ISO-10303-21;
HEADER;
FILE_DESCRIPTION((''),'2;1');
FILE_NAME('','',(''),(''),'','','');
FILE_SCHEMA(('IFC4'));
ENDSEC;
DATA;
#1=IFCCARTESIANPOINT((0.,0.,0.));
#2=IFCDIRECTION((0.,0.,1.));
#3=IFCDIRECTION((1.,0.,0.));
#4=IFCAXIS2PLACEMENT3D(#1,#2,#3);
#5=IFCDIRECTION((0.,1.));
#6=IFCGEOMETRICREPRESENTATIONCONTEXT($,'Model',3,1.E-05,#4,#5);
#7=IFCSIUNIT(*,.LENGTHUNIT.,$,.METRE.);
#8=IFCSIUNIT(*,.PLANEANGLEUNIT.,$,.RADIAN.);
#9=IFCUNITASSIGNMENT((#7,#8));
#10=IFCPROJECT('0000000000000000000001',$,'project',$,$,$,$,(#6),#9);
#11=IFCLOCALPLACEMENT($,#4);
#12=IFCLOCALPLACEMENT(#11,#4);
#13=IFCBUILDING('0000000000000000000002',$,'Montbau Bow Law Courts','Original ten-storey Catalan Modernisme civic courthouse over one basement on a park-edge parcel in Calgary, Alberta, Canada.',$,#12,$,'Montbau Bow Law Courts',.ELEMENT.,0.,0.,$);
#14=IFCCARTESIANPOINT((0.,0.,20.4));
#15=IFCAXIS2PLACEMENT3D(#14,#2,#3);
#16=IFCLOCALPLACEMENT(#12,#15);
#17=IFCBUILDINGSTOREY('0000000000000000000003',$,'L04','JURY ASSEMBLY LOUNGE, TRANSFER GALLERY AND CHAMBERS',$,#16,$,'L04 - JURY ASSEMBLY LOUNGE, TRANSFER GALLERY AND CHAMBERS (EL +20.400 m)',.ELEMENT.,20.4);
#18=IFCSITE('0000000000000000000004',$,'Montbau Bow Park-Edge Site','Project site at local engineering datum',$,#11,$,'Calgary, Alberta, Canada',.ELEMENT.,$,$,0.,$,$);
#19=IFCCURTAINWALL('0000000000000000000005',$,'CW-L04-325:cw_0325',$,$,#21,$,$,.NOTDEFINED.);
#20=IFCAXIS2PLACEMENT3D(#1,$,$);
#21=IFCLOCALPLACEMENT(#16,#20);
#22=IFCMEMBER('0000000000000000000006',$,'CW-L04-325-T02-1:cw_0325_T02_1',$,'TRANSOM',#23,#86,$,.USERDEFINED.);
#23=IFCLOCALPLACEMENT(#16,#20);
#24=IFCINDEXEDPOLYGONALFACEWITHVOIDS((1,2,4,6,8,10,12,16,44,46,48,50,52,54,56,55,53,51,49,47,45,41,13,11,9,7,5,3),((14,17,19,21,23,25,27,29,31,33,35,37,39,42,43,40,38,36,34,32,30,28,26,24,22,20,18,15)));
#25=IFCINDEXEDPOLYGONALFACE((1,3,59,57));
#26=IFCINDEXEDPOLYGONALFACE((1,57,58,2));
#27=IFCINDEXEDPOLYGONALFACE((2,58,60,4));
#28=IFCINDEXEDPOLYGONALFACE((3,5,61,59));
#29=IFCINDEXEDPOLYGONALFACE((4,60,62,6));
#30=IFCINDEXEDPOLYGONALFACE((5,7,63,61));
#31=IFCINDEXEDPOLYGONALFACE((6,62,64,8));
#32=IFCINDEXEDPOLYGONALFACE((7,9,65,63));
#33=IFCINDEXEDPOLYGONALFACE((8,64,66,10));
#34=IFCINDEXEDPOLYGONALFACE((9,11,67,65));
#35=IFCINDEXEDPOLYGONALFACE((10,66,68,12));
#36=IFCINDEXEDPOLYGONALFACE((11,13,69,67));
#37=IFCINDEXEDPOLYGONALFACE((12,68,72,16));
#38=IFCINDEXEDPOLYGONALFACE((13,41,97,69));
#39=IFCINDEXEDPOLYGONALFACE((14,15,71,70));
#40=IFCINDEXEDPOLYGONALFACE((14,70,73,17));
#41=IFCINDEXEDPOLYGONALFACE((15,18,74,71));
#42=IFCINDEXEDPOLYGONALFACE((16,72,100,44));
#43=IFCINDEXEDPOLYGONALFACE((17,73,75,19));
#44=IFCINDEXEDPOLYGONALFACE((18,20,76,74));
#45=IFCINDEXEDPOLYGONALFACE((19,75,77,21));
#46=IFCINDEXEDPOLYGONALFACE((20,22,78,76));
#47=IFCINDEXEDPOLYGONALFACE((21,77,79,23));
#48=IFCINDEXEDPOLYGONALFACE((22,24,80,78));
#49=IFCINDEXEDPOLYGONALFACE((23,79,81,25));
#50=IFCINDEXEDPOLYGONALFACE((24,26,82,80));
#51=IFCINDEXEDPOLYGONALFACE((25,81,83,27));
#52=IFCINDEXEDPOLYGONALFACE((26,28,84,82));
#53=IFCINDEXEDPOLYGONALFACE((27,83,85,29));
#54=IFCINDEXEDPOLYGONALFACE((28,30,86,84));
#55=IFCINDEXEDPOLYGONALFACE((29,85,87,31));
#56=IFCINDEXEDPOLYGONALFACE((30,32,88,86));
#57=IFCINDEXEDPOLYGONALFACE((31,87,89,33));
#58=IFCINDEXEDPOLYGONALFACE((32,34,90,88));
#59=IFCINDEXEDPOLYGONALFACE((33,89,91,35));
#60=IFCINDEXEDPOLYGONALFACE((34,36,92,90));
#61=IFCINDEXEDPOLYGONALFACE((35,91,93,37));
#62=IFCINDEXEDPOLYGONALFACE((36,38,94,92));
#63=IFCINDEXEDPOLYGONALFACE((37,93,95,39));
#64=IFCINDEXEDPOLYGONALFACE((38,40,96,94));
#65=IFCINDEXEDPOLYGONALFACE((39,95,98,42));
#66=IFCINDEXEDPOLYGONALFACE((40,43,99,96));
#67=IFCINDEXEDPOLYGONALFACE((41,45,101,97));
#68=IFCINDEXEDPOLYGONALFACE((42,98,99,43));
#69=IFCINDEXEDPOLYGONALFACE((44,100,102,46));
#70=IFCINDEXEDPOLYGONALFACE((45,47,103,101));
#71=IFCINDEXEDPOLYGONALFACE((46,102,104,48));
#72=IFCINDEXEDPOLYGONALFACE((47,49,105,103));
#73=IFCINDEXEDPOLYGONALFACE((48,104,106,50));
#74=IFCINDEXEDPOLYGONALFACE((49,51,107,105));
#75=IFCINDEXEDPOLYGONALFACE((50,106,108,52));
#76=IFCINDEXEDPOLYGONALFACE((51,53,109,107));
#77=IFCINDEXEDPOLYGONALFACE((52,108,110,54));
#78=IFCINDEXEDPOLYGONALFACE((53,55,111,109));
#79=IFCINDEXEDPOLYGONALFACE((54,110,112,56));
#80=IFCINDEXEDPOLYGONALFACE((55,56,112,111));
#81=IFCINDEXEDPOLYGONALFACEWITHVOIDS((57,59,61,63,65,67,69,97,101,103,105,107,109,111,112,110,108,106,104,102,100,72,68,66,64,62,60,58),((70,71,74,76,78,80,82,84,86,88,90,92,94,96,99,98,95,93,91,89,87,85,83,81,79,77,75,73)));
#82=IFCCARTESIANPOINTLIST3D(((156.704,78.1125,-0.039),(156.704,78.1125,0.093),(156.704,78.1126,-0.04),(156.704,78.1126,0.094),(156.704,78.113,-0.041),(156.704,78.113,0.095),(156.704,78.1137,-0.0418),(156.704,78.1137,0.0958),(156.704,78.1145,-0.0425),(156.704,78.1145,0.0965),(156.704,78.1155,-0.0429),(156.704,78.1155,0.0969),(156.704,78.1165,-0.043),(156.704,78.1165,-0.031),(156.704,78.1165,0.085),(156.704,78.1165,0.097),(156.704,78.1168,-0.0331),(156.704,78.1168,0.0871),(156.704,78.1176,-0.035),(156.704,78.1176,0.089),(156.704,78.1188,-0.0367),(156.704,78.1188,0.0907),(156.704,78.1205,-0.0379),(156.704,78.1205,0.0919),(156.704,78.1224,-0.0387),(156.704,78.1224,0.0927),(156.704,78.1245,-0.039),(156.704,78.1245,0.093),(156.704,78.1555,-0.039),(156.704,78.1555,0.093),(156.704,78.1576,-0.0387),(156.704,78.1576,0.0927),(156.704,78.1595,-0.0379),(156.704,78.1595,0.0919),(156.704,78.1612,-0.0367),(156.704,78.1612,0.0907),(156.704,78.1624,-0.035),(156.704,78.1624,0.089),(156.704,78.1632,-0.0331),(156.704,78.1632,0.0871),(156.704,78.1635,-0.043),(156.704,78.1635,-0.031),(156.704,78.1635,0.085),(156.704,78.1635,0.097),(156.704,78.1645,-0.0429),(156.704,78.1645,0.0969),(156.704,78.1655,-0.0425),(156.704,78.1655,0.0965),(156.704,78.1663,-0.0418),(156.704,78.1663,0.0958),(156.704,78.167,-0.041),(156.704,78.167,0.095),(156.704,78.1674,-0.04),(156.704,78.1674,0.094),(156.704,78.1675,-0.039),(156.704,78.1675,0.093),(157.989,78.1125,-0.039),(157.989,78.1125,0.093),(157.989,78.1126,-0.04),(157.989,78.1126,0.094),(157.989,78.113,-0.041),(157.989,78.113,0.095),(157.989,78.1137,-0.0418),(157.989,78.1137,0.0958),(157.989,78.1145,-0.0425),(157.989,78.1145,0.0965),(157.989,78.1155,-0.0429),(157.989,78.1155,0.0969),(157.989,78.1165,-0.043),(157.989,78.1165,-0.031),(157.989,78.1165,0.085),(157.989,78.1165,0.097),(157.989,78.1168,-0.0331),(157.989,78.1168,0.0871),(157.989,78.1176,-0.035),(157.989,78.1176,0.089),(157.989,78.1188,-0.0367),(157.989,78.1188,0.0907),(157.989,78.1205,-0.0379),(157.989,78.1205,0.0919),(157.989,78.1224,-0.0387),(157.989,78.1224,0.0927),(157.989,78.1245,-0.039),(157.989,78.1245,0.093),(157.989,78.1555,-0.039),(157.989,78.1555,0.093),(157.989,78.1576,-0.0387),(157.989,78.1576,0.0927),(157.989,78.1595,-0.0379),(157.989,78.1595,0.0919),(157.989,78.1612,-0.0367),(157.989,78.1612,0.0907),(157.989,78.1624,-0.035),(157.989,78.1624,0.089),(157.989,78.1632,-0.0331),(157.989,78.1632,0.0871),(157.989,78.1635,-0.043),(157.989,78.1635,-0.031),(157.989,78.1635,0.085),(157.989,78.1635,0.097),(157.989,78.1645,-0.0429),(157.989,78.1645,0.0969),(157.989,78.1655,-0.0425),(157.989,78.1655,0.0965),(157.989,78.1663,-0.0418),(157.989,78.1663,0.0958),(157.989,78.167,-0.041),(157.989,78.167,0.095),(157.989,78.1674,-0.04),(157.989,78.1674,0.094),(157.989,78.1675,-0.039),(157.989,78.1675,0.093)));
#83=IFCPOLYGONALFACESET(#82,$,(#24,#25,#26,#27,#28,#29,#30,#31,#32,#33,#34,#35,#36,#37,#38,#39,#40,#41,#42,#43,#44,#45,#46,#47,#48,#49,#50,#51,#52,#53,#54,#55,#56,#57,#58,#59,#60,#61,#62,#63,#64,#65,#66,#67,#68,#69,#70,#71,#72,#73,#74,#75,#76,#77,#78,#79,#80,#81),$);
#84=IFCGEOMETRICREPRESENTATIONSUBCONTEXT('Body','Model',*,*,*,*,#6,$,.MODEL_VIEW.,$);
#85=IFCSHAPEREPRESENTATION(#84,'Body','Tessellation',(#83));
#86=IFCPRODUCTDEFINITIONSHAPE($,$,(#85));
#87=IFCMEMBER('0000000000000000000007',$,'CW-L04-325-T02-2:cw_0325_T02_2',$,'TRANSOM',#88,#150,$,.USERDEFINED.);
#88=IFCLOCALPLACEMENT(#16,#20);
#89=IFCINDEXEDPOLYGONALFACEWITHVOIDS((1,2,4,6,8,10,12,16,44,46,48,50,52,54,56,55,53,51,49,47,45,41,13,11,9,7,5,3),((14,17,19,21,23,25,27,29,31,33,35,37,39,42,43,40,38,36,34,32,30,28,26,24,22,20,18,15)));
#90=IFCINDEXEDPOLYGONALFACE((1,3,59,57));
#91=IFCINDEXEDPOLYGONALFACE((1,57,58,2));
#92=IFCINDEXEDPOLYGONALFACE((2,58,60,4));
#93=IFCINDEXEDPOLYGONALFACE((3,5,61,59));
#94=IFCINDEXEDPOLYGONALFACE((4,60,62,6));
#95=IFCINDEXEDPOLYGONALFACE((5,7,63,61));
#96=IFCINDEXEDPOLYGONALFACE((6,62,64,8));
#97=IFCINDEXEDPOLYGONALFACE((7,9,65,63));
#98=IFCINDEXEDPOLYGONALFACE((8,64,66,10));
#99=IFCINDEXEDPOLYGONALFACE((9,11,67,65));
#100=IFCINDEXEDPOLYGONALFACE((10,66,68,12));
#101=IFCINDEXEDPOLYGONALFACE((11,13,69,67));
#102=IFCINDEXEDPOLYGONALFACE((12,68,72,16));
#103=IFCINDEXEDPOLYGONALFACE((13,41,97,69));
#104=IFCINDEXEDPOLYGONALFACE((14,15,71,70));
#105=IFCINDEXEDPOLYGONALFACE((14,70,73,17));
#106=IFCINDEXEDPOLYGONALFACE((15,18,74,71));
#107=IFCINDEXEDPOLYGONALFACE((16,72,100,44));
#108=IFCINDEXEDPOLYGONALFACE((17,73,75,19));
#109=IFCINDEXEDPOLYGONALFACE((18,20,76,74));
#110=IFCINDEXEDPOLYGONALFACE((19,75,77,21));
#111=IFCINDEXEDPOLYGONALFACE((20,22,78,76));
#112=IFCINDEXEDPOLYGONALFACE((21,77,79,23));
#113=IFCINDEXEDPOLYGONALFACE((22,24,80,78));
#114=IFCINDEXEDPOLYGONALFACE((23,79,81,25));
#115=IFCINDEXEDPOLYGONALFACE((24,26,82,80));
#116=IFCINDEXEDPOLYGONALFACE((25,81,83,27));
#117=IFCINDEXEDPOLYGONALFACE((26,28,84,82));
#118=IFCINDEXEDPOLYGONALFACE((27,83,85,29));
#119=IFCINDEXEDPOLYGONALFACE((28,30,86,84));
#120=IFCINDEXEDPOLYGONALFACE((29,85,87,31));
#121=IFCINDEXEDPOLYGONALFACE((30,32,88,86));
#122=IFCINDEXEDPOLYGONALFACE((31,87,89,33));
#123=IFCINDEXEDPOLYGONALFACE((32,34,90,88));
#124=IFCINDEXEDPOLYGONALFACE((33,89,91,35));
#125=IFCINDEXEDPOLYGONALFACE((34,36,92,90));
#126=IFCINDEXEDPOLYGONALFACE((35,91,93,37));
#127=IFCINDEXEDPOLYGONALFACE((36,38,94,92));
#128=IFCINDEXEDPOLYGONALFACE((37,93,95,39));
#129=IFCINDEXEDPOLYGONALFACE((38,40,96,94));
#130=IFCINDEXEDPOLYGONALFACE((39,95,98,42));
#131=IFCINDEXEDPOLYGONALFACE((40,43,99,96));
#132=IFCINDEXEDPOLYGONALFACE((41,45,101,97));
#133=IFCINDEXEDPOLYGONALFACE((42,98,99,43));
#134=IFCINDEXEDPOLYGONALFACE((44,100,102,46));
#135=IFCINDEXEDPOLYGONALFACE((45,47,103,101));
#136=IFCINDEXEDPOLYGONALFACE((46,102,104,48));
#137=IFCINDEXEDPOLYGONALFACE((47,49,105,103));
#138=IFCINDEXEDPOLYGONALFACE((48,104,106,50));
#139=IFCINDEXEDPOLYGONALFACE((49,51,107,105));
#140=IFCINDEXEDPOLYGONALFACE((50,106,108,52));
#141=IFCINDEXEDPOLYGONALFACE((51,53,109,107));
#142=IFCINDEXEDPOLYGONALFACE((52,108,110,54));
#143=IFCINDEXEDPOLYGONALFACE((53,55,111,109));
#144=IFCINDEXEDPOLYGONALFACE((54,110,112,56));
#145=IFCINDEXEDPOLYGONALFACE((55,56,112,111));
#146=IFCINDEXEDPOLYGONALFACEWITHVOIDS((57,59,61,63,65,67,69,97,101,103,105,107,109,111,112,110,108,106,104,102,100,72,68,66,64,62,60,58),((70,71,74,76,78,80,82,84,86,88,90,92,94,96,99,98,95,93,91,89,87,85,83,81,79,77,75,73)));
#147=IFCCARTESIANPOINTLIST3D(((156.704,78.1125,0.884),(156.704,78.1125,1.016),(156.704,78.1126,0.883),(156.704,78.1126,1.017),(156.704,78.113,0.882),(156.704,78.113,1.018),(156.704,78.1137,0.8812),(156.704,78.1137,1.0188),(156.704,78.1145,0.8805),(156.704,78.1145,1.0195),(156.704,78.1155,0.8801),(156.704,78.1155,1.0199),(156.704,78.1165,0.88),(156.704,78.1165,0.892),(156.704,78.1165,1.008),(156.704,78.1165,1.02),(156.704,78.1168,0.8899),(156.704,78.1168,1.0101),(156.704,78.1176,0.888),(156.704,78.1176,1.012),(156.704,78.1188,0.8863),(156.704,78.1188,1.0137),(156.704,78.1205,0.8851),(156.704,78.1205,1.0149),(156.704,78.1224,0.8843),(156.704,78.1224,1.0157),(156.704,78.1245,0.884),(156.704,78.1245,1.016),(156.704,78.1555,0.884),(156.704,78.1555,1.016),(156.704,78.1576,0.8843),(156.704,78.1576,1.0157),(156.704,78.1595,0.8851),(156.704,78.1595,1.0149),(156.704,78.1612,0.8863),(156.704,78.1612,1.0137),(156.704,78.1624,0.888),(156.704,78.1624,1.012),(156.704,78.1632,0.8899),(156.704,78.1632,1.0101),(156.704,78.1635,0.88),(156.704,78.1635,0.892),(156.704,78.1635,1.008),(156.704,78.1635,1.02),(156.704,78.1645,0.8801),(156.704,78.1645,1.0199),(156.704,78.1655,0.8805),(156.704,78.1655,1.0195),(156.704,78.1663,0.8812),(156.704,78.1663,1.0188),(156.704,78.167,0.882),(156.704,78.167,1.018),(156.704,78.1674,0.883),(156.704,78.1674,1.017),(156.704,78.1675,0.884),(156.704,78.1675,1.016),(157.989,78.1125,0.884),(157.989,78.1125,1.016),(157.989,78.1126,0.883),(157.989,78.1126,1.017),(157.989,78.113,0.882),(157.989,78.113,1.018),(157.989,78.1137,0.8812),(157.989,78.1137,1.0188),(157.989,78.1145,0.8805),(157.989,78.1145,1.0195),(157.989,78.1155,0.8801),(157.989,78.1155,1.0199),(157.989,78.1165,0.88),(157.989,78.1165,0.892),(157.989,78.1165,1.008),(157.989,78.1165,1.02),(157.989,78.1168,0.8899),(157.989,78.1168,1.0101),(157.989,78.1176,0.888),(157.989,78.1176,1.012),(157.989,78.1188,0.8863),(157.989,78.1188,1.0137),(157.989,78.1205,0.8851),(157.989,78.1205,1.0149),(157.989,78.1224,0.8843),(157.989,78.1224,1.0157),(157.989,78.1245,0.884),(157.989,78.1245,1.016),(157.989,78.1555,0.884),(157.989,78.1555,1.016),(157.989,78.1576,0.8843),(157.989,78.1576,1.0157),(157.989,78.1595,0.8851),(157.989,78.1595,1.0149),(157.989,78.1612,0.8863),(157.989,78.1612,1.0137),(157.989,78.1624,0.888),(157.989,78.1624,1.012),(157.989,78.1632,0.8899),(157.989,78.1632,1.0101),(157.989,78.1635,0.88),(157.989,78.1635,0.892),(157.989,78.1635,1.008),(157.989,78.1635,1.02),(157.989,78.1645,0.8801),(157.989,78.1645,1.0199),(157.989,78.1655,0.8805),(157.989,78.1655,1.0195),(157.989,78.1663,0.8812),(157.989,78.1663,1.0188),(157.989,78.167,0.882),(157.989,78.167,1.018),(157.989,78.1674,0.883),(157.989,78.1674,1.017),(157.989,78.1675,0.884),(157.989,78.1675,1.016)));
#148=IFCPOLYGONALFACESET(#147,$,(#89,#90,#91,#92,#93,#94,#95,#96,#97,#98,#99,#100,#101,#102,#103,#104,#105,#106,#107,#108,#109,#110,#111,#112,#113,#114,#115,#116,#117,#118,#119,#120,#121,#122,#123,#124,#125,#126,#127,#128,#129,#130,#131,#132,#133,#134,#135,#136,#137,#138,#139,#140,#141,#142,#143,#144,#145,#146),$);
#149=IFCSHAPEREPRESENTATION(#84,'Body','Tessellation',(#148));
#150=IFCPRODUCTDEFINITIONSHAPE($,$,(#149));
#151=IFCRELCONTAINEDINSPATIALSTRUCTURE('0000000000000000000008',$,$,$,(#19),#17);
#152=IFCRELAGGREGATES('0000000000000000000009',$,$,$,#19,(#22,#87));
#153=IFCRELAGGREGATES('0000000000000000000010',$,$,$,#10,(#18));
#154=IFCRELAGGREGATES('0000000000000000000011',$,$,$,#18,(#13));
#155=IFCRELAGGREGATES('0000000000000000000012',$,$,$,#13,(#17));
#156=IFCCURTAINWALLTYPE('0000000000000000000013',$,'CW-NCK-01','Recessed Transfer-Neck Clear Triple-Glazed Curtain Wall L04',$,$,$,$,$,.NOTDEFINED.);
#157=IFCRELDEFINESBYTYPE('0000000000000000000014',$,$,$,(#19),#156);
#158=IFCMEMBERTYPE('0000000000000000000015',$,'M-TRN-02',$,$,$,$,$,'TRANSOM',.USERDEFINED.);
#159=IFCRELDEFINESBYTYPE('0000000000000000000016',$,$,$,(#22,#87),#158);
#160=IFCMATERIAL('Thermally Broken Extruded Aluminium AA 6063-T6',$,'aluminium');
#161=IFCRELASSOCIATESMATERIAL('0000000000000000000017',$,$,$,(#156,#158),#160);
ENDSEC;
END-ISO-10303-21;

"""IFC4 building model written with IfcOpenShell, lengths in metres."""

from ifc_helpers import new_model, si_unit, direction, frame, origin_with_axes, origin_2d_with_axis, place, context, subcontext, project, spatial, hollow_rectangle, extrude, material, material_profile, profile_set, type_object, element, aggregate, save


model = new_model("IFC4")

# Units and contexts
model_context = context("Model", 3, precision=1e-05, world=origin_with_axes(), true_north=direction((0.0, 1.0)))
body_context = subcontext(model_context, "Body", "Model", "MODEL_VIEW")
ifc_project = project(units=[si_unit("LENGTHUNIT", "METRE"), si_unit("PLANEANGLEUNIT", "RADIAN")], contexts=[model_context])

# Site, building, storey
site_placement = place(None, origin_with_axes())
site = spatial("IfcSite", under=ifc_project, at=site_placement, Name="Montbau Bow Park-Edge Site", Description="Project site at local engineering datum", LongName="Calgary, Alberta, Canada", CompositionType="ELEMENT", RefElevation=0.0)
building_placement = place(site_placement, origin_with_axes())
building = spatial("IfcBuilding", under=site, at=building_placement, Name="Montbau Bow Law Courts", Description="Original ten-storey Catalan Modernisme civic courthouse over one basement on a park-edge parcel in Calgary, Alberta, Canada.", LongName="Montbau Bow Law Courts", CompositionType="ELEMENT", ElevationOfRefHeight=0.0, ElevationOfTerrain=0.0)
storey_placement = place(building_placement, frame((0.0, 0.0, 20.4), z_axis=(0.0, 0.0, 1.0), x_axis=(1.0, 0.0, 0.0)))
storey = spatial("IfcBuildingStorey", under=building, at=storey_placement, Name="L04", Description="JURY ASSEMBLY LOUNGE, TRANSFER GALLERY AND CHAMBERS", LongName="L04 - JURY ASSEMBLY LOUNGE, TRANSFER GALLERY AND CHAMBERS (EL +20.400 m)", CompositionType="ELEMENT", Elevation=20.4)

# Curtain wall, members
ifc_material_1 = material(Name="Thermally Broken Extruded Aluminium AA 6063-T6", Category="aluminium")
curtain_wall_type = type_object("IfcCurtainWallType", Name="CW-NCK-01", Description="Recessed Transfer-Neck Clear Triple-Glazed Curtain Wall L04", PredefinedType="NOTDEFINED", material=ifc_material_1)
curtain_wall_placement = place(None, frame((155.315, 78.14, 20.4), z_axis=(0.0, 0.0, 1.0), x_axis=(1.0, 0.0, 0.0)))
curtain_wall = element("IfcCurtainWall", 1, at=curtain_wall_placement, inside=storey, type_object=curtain_wall_type, Name="CW-L04-325:cw_0325", PredefinedType="NOTDEFINED")
ifc_material_profile_1 = material_profile(ifc_material_1, hollow_rectangle(XDim=0.055, YDim=0.14, WallThickness=0.004, InnerFilletRadius=0.008, OuterFilletRadius=0.004, at=origin_2d_with_axis()), Name="CWT-140X55", Category="Main", Priority=0)
ifc_profile_set_1 = profile_set([ifc_material_profile_1], Name="Thermally Broken Extruded Aluminium AA 6063-T6")
member_type_1 = type_object("IfcMemberType", Name="M-TRN-02", ElementType="TRANSOM", PredefinedType="USERDEFINED", material=ifc_profile_set_1)
member_1_placement = place(None, frame((156.704, 78.14, 20.427), z_axis=(1.0, 0.0, 0.0), x_axis=(0.0, 1.0, 0.0)))
member_1 = element("IfcMember", 2, at=member_1_placement, type_object=member_type_1, Name="CW-L04-325-T02-1:cw_0325_T02_1", ObjectType="TRANSOM", PredefinedType="USERDEFINED", context=body_context, shape_type="SweptSolid", body=[
    extrude(hollow_rectangle(XDim=0.055, YDim=0.14, WallThickness=0.004, InnerFilletRadius=0.008, OuterFilletRadius=0.004, at=origin_2d_with_axis()), origin_with_axes(), (0.0, 0.0, 1.0), 1.285),
])
member_2_placement = place(None, frame((156.704, 78.14, 21.35), z_axis=(1.0, 0.0, 0.0), x_axis=(0.0, 1.0, 0.0)))
member_2 = element("IfcMember", 3, at=member_2_placement, type_object=member_type_1, Name="CW-L04-325-T02-2:cw_0325_T02_2", ObjectType="TRANSOM", PredefinedType="USERDEFINED", context=body_context, shape_type="SweptSolid", body=[
    extrude(hollow_rectangle(XDim=0.055, YDim=0.14, WallThickness=0.004, InnerFilletRadius=0.008, OuterFilletRadius=0.004, at=origin_2d_with_axis()), origin_with_axes(), (0.0, 0.0, 1.0), 1.285),
])
aggregate(curtain_wall, [member_1, member_2])

save(model, "model.ifc")
